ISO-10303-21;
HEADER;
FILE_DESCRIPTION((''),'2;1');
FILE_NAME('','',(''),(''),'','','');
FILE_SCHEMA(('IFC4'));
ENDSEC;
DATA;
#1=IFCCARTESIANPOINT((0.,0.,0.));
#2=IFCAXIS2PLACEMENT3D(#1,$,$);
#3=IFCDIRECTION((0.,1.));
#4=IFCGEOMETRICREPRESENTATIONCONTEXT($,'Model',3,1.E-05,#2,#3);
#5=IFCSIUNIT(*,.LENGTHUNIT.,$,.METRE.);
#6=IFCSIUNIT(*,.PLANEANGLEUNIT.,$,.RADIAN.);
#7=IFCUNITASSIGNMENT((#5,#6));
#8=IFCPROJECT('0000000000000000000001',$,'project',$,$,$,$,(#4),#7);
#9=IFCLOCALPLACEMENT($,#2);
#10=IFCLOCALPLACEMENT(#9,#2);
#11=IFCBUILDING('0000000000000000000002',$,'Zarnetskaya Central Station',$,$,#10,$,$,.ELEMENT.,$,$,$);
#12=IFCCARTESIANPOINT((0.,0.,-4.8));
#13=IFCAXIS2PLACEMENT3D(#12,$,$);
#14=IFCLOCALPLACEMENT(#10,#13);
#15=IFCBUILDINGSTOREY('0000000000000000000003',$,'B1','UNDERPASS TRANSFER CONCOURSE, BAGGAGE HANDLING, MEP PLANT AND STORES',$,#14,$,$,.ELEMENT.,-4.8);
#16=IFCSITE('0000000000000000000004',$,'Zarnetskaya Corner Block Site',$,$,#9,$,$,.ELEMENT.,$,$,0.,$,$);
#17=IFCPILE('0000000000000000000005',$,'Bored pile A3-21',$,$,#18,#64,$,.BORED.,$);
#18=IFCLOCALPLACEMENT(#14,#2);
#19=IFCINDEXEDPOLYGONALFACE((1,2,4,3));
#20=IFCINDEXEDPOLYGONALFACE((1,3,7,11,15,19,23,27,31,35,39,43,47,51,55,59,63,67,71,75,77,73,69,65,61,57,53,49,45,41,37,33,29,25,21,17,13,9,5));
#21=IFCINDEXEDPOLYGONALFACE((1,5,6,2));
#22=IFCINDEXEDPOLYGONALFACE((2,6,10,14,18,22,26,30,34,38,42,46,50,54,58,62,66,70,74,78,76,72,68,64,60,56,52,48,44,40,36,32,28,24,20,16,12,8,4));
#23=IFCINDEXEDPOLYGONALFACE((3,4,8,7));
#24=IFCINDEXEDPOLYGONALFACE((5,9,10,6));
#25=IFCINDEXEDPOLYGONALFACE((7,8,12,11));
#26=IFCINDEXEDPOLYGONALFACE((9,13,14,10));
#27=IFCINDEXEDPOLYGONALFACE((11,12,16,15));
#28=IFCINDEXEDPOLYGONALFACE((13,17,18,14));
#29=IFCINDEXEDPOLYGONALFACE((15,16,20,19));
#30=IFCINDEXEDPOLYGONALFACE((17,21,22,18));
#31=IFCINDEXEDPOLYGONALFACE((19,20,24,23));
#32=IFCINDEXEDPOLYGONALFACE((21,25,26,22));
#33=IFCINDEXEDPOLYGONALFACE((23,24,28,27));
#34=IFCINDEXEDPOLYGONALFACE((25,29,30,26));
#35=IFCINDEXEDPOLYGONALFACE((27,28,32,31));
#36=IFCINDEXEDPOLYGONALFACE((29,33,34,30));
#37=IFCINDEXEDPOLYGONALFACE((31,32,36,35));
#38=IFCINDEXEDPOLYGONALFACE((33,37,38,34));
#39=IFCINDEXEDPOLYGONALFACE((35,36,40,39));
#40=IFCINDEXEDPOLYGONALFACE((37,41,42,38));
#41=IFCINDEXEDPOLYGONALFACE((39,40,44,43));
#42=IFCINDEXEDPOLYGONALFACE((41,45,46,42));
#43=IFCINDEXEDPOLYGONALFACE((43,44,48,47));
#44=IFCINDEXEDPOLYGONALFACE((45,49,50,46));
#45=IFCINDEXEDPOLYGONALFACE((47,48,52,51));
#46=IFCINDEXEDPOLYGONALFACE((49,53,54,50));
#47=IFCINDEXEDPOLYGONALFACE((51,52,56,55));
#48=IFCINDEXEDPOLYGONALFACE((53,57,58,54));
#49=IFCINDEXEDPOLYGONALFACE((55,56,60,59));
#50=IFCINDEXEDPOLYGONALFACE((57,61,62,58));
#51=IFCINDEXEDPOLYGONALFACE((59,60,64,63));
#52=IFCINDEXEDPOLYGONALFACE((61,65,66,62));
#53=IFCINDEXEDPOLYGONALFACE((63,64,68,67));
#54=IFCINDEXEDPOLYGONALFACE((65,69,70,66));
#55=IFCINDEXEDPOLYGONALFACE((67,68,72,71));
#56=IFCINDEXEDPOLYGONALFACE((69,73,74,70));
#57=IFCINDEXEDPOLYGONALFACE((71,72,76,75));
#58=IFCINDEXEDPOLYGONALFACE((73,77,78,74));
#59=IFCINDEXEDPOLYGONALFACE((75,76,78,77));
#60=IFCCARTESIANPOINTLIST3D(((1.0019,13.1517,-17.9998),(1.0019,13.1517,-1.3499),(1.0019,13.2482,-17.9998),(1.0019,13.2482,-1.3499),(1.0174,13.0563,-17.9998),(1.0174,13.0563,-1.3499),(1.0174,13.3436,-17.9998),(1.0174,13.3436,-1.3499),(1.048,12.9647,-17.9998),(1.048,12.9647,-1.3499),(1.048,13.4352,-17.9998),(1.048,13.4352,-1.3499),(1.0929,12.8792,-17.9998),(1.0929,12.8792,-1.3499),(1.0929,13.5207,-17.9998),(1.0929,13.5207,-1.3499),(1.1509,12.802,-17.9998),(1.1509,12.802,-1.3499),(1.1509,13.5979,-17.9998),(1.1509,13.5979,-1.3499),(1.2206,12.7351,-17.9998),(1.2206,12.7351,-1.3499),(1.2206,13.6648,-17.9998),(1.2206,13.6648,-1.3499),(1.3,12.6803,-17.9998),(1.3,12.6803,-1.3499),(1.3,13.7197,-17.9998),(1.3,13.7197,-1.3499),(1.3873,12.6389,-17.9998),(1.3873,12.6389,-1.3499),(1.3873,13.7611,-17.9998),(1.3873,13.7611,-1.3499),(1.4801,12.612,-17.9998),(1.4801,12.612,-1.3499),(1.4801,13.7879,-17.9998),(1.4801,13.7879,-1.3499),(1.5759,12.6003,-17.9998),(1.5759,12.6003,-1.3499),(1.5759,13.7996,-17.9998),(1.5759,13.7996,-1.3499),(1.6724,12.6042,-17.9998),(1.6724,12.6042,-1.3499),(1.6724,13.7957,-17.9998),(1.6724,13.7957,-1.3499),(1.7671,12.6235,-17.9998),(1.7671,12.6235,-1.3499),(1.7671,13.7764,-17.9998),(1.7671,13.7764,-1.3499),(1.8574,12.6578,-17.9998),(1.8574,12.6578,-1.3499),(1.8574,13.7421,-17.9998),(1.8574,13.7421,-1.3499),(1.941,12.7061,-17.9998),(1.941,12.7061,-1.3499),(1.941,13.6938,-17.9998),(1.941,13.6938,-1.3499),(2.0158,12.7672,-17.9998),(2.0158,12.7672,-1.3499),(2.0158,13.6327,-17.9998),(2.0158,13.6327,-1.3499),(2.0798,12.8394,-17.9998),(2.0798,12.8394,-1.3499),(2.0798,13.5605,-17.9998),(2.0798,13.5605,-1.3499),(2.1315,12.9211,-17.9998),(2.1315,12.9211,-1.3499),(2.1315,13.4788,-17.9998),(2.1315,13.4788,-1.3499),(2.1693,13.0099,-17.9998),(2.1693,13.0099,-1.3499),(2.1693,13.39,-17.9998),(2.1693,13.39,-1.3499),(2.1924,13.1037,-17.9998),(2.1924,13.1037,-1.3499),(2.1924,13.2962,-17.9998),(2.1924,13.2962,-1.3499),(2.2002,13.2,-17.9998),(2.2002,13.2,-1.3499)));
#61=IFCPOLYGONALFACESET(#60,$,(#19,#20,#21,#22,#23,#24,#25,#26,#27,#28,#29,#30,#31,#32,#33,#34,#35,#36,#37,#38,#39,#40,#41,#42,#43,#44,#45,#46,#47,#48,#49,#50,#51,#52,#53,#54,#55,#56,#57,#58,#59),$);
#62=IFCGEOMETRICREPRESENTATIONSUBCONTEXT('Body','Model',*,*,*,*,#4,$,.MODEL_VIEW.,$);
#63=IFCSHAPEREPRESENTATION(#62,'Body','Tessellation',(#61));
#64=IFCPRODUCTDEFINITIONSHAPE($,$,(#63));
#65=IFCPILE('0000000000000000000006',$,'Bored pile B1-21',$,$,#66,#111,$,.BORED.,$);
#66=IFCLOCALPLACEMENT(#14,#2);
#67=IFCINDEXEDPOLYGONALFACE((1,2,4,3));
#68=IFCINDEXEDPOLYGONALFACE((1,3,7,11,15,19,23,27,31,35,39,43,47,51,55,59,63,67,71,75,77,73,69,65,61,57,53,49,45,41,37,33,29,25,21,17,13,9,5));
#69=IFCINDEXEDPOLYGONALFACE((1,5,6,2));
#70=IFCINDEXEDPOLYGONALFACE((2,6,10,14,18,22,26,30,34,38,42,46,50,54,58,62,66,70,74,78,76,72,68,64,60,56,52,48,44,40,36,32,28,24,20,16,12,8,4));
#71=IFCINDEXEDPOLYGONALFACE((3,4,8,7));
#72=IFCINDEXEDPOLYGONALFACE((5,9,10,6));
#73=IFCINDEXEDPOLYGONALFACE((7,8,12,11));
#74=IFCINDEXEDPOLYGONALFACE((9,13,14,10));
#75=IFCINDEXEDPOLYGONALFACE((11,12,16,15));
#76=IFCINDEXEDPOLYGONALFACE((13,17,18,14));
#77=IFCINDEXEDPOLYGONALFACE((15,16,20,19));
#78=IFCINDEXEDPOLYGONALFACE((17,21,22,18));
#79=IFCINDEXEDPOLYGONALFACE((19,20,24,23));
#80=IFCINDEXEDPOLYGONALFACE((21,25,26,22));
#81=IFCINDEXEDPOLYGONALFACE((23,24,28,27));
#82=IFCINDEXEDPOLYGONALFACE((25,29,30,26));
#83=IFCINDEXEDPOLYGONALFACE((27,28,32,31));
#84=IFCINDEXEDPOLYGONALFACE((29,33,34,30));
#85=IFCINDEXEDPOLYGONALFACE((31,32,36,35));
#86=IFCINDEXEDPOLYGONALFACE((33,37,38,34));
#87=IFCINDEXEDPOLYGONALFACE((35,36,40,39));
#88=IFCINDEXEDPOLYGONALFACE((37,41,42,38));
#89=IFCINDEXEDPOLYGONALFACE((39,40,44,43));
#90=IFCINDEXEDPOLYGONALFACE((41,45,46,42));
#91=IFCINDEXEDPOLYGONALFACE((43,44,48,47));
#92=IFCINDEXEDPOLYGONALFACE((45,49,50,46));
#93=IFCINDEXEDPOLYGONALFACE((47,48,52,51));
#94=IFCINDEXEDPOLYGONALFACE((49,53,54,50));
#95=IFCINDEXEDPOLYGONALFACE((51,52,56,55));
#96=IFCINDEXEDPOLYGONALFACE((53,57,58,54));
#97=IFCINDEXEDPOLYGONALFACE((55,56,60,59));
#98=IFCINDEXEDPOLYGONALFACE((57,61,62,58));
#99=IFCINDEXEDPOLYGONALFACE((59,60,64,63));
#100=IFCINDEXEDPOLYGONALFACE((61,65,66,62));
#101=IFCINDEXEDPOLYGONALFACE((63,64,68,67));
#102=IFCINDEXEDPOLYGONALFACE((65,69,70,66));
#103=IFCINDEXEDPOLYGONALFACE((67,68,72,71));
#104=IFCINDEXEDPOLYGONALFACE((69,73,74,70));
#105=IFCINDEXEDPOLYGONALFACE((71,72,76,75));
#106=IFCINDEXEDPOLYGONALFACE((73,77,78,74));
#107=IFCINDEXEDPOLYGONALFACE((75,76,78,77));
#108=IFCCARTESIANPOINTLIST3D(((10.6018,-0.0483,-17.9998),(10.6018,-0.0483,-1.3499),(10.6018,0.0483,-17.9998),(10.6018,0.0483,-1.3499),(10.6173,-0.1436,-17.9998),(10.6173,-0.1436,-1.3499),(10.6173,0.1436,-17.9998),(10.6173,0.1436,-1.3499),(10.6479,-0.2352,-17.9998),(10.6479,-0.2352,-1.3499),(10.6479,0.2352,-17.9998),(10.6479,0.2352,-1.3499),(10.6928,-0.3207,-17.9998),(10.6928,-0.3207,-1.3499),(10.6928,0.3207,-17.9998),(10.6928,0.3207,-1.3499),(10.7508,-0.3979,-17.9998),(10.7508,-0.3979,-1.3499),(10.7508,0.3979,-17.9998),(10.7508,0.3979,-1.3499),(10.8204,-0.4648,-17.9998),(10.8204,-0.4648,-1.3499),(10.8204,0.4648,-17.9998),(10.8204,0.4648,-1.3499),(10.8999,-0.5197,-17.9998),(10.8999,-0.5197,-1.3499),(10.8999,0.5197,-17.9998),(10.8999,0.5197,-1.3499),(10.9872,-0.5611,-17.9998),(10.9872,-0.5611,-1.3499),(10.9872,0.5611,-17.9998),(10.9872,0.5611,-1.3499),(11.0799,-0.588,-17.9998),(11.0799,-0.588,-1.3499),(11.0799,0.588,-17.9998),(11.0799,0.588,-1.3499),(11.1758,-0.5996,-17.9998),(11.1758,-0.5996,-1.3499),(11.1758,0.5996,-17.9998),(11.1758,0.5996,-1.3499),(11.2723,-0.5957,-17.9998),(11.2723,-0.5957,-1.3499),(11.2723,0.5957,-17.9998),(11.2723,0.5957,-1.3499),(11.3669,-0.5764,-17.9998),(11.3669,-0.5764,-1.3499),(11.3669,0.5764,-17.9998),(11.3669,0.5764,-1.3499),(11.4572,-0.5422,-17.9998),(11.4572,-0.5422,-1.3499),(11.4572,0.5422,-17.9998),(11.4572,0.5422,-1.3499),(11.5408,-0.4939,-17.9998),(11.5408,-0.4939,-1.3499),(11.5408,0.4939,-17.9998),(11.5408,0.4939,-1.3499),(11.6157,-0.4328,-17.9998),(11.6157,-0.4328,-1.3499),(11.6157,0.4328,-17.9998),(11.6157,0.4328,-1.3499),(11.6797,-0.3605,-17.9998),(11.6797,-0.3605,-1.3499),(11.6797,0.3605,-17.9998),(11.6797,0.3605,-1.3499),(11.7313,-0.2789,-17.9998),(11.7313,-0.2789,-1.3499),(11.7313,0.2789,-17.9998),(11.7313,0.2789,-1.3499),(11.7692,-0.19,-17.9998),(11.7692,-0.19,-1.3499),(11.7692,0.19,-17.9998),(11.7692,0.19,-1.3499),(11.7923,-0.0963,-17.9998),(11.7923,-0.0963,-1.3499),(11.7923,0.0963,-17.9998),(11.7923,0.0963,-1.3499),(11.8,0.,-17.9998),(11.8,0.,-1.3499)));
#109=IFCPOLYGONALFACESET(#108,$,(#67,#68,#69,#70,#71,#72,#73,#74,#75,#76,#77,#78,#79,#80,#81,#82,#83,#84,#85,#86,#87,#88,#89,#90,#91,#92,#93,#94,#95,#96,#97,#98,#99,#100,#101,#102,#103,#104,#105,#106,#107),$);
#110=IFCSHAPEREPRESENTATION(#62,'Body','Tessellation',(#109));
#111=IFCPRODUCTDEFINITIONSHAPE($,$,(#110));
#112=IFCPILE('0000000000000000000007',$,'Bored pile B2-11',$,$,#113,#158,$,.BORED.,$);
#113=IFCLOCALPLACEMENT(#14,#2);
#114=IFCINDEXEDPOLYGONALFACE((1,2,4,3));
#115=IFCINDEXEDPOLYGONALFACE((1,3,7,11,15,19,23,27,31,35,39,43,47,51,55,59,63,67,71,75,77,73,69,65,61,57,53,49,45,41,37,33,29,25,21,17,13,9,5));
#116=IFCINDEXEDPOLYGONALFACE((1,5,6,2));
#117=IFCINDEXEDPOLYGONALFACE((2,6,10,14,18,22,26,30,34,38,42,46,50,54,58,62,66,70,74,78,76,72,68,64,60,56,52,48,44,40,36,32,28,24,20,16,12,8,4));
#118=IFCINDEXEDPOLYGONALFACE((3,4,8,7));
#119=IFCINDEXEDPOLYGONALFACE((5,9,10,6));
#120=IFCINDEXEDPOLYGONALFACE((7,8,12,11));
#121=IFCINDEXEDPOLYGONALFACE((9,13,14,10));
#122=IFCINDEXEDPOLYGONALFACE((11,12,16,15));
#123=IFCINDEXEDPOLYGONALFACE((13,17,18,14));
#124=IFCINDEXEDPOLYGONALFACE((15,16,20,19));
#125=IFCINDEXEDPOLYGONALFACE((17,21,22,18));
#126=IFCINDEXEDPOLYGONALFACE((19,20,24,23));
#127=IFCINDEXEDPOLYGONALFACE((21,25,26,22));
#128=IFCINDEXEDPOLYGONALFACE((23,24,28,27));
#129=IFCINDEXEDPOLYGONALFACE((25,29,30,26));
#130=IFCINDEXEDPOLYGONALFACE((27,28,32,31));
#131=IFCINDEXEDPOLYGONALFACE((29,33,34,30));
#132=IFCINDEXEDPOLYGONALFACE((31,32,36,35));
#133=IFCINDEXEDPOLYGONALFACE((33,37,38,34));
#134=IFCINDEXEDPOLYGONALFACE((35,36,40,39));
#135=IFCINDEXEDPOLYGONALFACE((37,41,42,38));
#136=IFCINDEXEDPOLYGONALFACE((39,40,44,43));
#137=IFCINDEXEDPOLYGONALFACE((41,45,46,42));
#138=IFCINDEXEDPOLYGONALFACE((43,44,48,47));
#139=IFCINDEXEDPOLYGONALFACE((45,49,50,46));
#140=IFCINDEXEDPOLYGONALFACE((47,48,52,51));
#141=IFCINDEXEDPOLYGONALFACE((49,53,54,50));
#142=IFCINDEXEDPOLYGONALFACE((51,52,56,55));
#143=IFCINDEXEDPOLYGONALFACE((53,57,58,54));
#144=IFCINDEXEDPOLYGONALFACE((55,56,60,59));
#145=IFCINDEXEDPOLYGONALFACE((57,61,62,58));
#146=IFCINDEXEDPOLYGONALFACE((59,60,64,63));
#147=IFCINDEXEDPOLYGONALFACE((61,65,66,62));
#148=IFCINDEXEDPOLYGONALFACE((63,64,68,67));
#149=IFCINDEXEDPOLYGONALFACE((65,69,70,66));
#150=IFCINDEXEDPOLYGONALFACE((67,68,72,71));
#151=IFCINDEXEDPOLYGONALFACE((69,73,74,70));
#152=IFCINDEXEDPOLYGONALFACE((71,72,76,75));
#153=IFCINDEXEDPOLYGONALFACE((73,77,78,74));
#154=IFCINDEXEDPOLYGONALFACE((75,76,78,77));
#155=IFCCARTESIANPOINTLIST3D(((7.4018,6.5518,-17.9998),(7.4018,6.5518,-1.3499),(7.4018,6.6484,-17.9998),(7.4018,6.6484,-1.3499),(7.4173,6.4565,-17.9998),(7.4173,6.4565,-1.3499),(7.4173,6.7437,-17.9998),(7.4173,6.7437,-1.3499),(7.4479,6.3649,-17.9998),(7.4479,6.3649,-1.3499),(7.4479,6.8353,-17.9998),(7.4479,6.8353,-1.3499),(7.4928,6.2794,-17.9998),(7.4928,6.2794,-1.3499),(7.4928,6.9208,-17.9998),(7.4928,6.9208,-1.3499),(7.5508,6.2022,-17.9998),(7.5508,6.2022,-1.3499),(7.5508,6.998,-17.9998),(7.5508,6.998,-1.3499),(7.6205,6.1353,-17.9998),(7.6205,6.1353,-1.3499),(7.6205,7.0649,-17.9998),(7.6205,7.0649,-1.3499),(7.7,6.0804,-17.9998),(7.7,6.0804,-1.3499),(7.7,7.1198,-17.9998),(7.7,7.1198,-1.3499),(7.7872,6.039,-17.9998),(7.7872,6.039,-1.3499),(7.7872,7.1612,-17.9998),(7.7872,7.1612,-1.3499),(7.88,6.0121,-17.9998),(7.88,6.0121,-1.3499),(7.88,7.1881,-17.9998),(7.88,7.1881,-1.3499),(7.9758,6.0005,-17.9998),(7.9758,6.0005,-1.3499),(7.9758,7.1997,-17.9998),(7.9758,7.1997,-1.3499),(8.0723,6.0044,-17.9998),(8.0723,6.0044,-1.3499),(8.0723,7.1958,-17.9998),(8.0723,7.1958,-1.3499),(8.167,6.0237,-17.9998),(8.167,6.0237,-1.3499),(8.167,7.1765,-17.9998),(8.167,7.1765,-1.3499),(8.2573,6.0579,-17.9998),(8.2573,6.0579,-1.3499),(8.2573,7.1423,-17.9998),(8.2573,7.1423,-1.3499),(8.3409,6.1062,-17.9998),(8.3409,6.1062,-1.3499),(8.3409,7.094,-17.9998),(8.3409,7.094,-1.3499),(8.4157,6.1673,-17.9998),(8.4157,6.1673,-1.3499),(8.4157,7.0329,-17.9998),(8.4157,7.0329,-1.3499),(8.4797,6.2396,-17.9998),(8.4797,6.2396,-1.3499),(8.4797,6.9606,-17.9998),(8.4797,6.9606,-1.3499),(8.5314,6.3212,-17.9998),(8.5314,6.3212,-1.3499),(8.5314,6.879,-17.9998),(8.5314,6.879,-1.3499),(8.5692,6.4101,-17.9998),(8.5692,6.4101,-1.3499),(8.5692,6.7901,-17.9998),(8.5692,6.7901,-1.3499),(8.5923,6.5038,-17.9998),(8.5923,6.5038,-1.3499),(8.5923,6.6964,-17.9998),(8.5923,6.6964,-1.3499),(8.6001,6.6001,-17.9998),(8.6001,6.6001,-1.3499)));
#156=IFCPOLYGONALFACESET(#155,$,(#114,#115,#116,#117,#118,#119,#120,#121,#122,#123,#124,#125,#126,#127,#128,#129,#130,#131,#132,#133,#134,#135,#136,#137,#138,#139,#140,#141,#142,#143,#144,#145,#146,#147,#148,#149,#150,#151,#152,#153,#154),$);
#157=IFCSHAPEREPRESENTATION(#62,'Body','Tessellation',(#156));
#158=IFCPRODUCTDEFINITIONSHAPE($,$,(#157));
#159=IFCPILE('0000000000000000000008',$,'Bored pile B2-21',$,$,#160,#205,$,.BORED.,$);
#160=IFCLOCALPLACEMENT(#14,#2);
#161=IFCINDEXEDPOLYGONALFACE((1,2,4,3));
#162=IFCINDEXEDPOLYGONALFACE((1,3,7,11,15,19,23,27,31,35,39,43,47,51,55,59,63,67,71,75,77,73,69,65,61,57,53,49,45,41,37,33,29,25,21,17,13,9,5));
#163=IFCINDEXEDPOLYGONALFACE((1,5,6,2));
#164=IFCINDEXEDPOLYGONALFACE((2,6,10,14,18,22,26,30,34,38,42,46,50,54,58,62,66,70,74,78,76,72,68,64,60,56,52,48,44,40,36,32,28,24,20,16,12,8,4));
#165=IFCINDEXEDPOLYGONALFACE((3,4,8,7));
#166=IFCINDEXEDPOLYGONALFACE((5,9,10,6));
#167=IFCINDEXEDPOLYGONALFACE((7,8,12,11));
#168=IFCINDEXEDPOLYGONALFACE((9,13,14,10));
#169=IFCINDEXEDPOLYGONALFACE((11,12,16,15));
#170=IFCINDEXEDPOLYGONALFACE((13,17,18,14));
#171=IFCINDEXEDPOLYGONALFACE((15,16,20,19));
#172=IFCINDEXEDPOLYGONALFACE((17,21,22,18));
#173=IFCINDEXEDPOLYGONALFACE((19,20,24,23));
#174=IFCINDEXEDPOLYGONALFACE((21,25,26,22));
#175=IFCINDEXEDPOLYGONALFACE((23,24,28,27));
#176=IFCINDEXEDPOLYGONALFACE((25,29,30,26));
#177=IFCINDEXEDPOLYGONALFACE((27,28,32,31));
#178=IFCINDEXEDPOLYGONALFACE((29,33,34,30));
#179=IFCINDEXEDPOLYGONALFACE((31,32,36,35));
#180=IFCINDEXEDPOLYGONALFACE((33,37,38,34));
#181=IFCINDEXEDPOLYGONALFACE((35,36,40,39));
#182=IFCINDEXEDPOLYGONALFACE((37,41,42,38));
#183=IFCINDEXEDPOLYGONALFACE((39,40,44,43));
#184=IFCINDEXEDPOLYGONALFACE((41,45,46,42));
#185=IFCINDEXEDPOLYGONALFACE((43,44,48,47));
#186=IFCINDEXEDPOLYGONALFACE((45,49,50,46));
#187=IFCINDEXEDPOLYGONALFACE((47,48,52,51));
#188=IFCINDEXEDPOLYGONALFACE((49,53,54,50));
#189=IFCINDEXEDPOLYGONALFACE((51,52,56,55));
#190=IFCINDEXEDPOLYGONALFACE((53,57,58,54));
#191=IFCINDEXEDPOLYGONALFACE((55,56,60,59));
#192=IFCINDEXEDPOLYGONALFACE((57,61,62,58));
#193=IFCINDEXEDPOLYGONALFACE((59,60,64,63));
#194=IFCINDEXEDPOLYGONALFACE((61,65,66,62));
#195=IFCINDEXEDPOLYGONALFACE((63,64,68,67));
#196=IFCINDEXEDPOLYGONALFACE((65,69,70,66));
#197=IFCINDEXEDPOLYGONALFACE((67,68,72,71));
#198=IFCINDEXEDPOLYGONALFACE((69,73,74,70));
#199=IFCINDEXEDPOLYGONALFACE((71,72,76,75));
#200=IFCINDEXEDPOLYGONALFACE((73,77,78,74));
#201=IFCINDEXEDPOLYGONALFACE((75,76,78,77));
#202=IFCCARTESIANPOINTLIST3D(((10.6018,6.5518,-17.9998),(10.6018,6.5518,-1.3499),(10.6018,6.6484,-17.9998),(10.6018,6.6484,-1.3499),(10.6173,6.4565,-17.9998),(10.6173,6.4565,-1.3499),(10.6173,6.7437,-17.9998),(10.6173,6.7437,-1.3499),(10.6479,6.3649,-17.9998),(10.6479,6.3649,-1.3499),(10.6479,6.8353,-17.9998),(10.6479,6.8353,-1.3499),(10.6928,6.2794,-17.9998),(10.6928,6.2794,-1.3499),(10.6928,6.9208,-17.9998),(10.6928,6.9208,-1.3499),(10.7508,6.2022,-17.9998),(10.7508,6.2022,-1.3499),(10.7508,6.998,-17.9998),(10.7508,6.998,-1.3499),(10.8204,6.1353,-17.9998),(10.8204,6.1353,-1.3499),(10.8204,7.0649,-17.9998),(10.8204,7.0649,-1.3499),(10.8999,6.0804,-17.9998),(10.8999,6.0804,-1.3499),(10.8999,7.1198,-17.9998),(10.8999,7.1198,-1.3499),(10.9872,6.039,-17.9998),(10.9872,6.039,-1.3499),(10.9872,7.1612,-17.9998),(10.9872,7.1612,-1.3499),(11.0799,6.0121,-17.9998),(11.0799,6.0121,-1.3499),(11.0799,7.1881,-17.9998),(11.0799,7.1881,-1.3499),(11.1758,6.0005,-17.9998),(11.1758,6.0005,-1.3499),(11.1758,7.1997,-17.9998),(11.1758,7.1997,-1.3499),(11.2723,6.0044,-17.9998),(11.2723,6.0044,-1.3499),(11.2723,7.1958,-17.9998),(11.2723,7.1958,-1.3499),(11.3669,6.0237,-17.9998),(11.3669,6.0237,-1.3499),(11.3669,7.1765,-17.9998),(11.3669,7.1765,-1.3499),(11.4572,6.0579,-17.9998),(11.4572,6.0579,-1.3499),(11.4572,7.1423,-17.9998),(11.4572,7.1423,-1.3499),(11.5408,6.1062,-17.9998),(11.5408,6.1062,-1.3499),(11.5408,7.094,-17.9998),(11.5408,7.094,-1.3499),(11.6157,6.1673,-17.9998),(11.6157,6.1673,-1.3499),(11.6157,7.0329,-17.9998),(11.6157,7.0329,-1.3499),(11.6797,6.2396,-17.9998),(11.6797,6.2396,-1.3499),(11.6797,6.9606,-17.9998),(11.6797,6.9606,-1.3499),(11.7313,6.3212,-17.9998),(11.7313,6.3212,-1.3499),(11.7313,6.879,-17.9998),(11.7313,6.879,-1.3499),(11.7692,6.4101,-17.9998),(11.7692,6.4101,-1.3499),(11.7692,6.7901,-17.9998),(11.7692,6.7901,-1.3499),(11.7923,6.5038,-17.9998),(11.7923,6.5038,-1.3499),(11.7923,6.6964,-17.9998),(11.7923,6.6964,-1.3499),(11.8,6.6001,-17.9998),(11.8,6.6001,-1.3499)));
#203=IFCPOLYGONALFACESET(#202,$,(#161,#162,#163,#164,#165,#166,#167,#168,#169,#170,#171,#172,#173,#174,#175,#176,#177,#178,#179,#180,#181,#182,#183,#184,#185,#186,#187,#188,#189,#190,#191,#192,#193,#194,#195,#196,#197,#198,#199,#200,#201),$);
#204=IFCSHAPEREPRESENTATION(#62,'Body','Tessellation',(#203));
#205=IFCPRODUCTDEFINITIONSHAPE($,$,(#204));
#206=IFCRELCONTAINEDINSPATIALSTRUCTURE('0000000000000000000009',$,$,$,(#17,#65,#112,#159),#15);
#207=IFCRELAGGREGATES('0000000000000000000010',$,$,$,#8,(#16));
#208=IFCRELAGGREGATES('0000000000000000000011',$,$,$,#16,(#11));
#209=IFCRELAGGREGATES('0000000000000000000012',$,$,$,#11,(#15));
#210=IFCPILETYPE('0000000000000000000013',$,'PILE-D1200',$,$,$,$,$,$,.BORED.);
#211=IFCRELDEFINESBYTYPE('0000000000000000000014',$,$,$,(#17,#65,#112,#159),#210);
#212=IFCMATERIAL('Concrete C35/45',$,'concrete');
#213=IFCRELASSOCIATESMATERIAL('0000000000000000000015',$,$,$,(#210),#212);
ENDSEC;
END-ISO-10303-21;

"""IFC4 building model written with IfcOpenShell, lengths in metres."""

from ifc_helpers import new_model, si_unit, direction, frame, origin, origin_2d, place, context, subcontext, project, spatial, circle, extrude, material, material_profile, profile_set, type_object, element, save


model = new_model("IFC4")

# Units and contexts
model_context = context("Model", 3, precision=1e-05, world=origin(), true_north=direction((0.0, 1.0)))
body_context = subcontext(model_context, "Body", "Model", "MODEL_VIEW")
ifc_project = project(units=[si_unit("LENGTHUNIT", "METRE"), si_unit("PLANEANGLEUNIT", "RADIAN")], contexts=[model_context])

# Site, building, storey
site_placement = place(None, origin())
site = spatial("IfcSite", under=ifc_project, at=site_placement, Name="Zarnetskaya Corner Block Site", CompositionType="ELEMENT", RefElevation=0.0)
building_placement = place(site_placement, origin())
building = spatial("IfcBuilding", under=site, at=building_placement, Name="Zarnetskaya Central Station", CompositionType="ELEMENT")
storey_placement = place(building_placement, frame((0.0, 0.0, -4.8)))
storey = spatial("IfcBuildingStorey", under=building, at=storey_placement, Name="B1", Description="UNDERPASS TRANSFER CONCOURSE, BAGGAGE HANDLING, MEP PLANT AND STORES", CompositionType="ELEMENT", Elevation=-4.8)

# Shared definitions
ifc_material_1 = material(Name="Concrete C35/45", Category="concrete")

# Piles
ifc_material_profile_1 = material_profile(ifc_material_1, circle(Radius=0.6001, at=origin_2d()), Name="BORED PILE D1200")
ifc_profile_set_1 = profile_set([ifc_material_profile_1], Name="Concrete C35/45")
pile_type = type_object("IfcPileType", Name="PILE-D1200", PredefinedType="BORED", material=ifc_profile_set_1)
for number, where, z_axis, x_axis, name in (
    (1, (1.6001, 13.2, -1.3499), (0.0, 0.0, -1.0), (1.0, 0.0, 0.0), "Bored pile A3-21"),
    (2, (11.2, 0.0, -1.3499), (0.0, 0.0, -1.0), (1.0, 0.0, 0.0), "Bored pile B1-21"),
    (3, (8.0, 6.6001, -1.3499), (0.0, 0.0, -1.0), (1.0, 0.0, 0.0), "Bored pile B2-11"),
    (4, (11.2, 6.6001, -1.3499), (0.0, 0.0, -1.0), (1.0, 0.0, 0.0), "Bored pile B2-21"),
):
    element("IfcPile", number, at=place(storey_placement, frame(where, z_axis=z_axis, x_axis=x_axis)), inside=storey, type_object=pile_type, Name=name, PredefinedType="BORED", context=body_context, shape_type="SweptSolid", body=[
        extrude(circle(Radius=0.6001, at=origin_2d()), origin(), (0.0, 0.0, 1.0), 16.6499),
    ])

save(model, "model.ifc")
